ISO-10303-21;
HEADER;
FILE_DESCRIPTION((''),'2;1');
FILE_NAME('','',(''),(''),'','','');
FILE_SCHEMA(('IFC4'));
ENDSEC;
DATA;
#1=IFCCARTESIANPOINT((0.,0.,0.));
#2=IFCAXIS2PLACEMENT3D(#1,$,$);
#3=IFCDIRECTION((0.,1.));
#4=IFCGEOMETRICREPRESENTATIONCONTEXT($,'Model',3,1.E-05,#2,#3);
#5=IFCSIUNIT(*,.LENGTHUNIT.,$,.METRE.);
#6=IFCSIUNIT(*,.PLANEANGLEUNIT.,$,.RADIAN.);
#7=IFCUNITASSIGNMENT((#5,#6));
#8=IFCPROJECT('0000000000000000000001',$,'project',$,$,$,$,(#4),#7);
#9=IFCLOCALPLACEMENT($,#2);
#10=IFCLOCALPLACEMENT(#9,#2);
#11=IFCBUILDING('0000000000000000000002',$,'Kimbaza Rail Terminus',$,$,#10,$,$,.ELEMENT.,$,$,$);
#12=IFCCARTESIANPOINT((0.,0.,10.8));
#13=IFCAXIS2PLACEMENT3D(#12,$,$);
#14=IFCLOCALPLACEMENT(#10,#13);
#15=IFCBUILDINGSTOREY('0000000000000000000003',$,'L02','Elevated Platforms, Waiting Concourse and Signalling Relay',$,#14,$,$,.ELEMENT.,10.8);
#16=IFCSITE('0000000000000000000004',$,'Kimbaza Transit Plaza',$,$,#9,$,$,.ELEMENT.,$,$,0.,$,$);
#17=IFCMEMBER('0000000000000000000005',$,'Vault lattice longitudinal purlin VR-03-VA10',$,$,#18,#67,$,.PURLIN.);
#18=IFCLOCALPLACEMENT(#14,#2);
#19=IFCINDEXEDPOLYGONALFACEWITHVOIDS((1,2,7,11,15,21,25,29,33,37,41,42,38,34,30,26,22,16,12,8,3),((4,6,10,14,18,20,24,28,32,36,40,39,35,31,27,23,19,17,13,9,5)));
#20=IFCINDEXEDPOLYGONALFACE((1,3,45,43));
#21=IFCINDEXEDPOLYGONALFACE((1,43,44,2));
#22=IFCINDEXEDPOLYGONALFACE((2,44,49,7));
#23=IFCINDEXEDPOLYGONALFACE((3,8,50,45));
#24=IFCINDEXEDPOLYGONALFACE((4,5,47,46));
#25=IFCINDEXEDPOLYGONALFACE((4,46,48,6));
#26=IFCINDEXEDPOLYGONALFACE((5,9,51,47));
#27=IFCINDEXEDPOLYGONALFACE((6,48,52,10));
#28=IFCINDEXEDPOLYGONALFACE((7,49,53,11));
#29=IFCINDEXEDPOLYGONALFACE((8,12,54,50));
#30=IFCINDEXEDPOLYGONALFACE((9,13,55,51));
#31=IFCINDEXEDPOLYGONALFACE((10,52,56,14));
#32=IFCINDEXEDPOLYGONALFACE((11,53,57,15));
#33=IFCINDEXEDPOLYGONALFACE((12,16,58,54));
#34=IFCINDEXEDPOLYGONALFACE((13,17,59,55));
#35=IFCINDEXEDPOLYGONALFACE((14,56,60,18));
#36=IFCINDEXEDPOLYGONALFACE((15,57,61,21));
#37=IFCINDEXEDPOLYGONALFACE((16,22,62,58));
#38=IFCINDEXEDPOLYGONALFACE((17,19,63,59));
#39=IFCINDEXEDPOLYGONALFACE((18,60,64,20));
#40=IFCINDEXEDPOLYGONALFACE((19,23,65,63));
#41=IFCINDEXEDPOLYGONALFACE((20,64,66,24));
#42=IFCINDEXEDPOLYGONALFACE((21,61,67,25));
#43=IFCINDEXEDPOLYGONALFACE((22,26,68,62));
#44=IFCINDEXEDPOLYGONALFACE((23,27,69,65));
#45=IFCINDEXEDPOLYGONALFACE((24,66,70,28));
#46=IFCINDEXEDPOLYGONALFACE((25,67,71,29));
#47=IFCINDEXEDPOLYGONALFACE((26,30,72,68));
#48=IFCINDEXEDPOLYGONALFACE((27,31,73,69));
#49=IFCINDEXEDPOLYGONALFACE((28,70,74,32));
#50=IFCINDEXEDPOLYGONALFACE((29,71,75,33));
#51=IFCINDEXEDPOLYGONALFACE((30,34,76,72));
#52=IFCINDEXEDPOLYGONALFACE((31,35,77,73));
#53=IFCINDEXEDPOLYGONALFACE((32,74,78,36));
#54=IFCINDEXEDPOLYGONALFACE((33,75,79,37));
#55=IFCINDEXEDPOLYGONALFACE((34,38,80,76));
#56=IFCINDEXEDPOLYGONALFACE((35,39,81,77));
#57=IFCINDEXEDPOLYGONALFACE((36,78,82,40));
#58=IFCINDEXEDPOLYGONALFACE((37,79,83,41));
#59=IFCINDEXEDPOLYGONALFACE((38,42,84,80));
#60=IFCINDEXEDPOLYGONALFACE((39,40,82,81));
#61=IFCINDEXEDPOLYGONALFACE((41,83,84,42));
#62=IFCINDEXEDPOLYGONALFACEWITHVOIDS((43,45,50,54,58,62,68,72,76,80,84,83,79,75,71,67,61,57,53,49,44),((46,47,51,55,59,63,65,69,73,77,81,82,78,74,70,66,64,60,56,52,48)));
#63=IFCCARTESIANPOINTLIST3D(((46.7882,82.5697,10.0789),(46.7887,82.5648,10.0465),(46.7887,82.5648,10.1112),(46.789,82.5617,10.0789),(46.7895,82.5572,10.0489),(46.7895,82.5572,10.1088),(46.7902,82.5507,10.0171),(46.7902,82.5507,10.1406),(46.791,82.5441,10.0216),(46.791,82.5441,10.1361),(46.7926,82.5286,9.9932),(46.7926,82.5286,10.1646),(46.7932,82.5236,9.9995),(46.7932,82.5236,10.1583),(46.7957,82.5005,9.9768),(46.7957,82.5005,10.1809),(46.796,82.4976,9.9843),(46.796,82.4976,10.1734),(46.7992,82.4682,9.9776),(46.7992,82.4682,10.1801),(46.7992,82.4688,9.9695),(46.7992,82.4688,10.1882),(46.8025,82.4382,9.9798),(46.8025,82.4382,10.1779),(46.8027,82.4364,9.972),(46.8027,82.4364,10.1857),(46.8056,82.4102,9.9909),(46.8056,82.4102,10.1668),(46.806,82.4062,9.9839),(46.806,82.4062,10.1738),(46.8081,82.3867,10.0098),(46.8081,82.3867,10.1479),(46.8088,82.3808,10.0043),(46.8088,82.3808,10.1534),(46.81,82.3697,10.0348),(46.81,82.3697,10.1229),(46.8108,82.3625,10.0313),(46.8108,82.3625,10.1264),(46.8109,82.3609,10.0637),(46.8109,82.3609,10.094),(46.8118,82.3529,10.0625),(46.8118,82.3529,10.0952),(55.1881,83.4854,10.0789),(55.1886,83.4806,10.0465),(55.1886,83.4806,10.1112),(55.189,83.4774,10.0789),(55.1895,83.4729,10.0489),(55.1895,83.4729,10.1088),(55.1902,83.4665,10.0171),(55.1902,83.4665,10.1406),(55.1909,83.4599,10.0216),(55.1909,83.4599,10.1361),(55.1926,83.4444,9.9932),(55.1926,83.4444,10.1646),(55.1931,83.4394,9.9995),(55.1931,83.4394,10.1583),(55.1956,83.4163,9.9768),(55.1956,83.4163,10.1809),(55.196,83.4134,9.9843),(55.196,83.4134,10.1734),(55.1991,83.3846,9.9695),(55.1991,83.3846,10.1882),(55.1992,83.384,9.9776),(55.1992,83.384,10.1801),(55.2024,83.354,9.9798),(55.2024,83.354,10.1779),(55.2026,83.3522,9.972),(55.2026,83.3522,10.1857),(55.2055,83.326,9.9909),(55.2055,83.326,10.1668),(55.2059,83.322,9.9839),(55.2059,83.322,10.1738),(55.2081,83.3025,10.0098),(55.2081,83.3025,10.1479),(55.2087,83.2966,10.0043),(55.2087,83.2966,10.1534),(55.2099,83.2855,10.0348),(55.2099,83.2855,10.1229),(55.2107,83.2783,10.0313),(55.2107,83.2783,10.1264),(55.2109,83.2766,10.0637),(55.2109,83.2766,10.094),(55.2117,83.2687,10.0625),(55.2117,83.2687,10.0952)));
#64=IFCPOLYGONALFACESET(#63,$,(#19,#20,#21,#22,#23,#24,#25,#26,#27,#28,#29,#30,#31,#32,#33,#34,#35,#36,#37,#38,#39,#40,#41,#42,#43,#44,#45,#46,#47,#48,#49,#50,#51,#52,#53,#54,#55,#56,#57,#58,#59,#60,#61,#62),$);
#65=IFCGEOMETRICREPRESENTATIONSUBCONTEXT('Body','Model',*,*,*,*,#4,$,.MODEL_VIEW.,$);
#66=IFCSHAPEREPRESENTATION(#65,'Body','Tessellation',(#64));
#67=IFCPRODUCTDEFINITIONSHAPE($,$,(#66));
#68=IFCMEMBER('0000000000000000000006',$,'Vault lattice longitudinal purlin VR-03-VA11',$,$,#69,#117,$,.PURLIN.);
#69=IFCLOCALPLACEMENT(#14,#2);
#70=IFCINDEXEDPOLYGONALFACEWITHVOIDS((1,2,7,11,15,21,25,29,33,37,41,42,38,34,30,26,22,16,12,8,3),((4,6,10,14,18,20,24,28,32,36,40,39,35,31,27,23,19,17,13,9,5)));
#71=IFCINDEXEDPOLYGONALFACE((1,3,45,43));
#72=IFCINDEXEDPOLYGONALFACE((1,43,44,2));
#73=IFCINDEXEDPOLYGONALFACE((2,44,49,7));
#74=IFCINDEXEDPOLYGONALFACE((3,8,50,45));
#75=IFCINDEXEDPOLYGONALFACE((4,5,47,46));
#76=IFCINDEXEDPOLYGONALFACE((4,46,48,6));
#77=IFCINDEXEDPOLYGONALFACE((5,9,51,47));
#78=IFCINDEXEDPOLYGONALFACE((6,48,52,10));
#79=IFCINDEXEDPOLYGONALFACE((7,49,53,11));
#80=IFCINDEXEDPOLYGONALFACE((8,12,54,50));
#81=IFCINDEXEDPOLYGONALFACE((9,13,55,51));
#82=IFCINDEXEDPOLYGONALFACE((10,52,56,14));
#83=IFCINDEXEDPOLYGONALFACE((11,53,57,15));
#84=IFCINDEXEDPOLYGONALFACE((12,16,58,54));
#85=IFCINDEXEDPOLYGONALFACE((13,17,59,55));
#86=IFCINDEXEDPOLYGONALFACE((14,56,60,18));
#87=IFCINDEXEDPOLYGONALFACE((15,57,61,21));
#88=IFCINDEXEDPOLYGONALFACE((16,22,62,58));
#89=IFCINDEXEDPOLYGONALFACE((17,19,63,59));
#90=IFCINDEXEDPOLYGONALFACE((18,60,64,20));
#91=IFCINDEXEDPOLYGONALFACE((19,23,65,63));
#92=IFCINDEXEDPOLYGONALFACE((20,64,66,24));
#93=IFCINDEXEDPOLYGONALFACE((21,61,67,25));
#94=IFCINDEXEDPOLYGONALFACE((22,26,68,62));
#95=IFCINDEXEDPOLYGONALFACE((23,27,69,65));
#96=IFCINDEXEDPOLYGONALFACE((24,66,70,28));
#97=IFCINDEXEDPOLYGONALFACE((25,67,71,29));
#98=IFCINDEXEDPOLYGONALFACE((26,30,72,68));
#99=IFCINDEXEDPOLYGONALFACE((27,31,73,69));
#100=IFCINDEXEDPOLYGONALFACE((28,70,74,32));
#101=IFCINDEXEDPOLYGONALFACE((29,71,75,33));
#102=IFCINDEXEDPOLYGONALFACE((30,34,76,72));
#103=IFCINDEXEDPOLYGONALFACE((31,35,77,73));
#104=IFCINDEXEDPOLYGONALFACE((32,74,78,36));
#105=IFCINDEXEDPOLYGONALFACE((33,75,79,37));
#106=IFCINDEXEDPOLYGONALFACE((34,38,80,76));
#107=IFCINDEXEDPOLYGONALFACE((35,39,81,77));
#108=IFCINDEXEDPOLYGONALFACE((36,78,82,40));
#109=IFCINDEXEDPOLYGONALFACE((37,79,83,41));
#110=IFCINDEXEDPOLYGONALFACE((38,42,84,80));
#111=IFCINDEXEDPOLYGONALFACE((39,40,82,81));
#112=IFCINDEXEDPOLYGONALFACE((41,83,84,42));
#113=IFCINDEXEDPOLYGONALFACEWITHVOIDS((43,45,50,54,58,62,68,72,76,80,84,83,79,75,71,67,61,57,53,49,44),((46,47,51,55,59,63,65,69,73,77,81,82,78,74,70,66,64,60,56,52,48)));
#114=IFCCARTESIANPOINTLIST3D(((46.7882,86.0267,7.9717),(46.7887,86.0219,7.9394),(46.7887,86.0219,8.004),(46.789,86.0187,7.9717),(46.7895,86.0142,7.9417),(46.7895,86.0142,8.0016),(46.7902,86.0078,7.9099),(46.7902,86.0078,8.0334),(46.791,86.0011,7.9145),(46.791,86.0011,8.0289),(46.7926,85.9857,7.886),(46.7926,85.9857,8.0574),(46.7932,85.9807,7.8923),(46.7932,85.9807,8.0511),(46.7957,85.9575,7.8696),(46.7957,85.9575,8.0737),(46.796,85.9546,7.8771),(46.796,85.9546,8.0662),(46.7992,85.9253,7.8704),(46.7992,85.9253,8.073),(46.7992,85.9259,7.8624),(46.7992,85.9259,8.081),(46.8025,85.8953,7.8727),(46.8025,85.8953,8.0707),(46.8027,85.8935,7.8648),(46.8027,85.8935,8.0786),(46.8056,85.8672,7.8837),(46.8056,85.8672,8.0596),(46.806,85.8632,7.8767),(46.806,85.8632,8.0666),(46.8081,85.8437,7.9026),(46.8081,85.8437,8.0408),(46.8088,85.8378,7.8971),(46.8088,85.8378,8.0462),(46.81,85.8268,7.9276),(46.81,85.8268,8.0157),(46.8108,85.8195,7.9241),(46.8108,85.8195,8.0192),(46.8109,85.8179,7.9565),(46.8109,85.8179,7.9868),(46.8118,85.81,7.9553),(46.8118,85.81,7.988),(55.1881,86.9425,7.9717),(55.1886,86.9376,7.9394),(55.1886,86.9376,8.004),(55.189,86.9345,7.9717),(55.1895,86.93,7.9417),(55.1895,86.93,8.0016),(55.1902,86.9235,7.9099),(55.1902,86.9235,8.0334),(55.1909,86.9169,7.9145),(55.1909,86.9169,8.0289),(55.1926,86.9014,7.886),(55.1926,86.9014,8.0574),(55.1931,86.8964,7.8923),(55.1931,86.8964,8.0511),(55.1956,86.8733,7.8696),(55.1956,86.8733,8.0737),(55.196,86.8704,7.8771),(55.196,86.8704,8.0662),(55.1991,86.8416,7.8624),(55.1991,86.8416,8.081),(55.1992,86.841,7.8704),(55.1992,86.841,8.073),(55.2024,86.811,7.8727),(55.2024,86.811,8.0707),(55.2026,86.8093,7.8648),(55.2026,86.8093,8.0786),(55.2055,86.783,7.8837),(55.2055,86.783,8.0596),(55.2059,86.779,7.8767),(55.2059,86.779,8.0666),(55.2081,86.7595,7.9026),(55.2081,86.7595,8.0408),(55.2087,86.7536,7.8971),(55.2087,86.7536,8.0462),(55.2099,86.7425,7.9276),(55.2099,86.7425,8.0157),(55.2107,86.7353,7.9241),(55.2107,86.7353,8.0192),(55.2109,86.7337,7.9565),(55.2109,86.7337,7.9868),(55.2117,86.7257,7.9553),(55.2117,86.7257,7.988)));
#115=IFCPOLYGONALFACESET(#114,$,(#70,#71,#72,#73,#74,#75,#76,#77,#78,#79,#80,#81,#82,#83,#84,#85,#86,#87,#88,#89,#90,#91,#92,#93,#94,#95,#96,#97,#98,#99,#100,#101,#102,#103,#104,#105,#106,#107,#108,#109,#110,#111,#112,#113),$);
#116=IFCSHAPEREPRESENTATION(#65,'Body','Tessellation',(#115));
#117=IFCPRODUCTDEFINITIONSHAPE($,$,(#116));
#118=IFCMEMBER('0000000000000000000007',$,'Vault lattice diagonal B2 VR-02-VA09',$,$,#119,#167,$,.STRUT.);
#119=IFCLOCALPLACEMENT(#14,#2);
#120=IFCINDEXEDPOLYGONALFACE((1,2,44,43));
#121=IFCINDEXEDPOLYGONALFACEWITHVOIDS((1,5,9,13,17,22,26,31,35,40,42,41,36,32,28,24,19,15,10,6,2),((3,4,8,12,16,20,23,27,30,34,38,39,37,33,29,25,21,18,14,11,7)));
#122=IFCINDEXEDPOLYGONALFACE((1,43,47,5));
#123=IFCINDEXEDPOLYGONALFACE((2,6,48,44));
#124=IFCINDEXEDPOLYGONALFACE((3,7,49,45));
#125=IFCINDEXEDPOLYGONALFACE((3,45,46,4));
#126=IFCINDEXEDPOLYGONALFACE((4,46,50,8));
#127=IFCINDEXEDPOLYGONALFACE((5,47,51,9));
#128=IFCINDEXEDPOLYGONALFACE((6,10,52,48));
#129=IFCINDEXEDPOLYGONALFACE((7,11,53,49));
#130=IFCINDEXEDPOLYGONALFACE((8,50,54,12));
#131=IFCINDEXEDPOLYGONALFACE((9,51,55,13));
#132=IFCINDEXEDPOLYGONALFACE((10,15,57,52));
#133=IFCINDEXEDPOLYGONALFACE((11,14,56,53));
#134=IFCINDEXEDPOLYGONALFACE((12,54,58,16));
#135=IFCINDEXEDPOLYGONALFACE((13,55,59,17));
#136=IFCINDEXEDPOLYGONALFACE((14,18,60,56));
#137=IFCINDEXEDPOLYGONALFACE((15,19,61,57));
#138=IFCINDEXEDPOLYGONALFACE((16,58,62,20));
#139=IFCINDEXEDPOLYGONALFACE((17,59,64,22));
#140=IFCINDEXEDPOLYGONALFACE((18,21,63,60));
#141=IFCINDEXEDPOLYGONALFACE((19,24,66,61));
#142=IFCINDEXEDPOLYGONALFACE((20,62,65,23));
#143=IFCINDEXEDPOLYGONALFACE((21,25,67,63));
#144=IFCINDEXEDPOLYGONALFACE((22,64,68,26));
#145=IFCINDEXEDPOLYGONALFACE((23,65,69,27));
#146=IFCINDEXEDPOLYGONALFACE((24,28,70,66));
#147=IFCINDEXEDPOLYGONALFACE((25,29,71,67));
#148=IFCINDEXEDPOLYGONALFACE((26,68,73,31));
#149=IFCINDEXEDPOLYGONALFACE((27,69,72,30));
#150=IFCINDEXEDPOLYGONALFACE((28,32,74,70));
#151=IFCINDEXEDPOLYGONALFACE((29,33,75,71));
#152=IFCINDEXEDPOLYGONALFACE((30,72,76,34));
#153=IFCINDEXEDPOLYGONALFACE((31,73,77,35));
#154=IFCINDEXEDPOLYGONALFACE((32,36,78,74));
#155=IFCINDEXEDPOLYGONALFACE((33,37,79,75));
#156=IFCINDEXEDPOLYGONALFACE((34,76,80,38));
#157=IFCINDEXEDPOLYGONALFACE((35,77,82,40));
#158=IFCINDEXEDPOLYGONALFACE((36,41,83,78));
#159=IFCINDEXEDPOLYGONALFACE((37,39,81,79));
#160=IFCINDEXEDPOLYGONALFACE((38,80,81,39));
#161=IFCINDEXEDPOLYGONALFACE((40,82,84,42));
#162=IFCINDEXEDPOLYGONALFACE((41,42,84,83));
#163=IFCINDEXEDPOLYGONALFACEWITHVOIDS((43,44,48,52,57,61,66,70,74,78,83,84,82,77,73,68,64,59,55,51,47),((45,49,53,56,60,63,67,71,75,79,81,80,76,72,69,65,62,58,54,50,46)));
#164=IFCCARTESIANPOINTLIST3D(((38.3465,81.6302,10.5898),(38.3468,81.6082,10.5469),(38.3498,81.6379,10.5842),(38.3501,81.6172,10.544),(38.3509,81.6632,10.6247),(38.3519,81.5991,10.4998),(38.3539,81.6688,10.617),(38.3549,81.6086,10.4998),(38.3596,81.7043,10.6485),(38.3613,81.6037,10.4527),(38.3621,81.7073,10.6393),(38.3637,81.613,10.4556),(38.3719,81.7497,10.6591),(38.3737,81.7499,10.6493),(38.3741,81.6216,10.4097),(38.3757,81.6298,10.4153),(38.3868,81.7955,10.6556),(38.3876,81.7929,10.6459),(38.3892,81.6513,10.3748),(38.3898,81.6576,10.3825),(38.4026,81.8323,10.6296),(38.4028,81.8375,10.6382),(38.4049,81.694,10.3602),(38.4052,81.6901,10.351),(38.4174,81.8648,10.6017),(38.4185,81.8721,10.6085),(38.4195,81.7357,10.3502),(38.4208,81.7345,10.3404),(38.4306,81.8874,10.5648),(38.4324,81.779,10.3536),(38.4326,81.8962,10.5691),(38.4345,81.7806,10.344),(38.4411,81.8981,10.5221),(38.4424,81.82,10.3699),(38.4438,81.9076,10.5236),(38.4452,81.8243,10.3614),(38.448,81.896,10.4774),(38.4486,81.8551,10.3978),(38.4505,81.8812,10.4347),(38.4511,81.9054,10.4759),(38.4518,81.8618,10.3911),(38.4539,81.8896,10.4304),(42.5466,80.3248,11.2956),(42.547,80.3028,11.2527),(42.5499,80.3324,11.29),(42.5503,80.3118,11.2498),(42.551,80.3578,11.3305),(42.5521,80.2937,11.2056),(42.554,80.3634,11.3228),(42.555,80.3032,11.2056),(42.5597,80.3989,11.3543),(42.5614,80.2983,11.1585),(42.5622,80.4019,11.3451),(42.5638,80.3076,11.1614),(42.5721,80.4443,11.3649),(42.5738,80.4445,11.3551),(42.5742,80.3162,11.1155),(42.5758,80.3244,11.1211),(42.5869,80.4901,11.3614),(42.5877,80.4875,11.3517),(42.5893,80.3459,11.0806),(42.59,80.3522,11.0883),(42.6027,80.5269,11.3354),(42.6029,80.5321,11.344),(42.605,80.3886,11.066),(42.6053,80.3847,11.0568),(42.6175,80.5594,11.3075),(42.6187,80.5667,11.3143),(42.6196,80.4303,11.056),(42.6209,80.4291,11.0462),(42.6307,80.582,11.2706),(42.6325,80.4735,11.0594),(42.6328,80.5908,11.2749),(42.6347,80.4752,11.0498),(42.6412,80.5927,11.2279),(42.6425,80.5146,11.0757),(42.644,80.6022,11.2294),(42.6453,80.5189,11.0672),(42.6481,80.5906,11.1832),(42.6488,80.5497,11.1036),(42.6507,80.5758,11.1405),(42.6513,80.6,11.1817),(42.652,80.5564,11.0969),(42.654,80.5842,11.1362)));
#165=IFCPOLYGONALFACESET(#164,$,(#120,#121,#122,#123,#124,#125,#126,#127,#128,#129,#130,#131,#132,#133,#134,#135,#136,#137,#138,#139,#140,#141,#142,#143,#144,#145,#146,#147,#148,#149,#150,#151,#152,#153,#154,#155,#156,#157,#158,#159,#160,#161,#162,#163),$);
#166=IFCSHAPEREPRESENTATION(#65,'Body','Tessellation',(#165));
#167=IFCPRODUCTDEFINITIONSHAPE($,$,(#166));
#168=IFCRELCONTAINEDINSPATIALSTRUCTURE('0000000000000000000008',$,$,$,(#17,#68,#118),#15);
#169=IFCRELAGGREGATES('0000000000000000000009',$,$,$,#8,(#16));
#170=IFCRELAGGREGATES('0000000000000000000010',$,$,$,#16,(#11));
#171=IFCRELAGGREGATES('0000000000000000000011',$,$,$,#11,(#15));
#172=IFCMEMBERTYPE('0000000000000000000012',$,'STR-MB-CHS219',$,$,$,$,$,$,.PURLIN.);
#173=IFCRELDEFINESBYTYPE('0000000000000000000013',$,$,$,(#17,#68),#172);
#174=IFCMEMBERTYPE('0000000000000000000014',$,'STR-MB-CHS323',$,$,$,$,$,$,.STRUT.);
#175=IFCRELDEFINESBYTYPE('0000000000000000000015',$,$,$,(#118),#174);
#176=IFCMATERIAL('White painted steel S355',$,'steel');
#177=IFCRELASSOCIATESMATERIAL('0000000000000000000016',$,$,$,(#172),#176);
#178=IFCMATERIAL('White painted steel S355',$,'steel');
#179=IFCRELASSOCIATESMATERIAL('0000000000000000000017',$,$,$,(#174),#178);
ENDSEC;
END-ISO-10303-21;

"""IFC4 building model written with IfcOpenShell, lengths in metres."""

from ifc_helpers import new_model, si_unit, direction, frame, origin, origin_2d, place, context, subcontext, project, spatial, hollow_circle, extrude, material, material_profile, profile_set, type_object, element, save


model = new_model("IFC4")

# Units and contexts
model_context = context("Model", 3, precision=1e-05, world=origin(), true_north=direction((0.0, 1.0)))
body_context = subcontext(model_context, "Body", "Model", "MODEL_VIEW")
ifc_project = project(units=[si_unit("LENGTHUNIT", "METRE"), si_unit("PLANEANGLEUNIT", "RADIAN")], contexts=[model_context])

# Site, building, storey
site_placement = place(None, origin())
site = spatial("IfcSite", under=ifc_project, at=site_placement, Name="Kimbaza Transit Plaza", CompositionType="ELEMENT", RefElevation=0.0)
building_placement = place(site_placement, origin())
building = spatial("IfcBuilding", under=site, at=building_placement, Name="Kimbaza Rail Terminus", CompositionType="ELEMENT")
storey_placement = place(building_placement, frame((0.0, 0.0, 10.8)))
storey = spatial("IfcBuildingStorey", under=building, at=storey_placement, Name="L02", Description="Elevated Platforms, Waiting Concourse and Signalling Relay", CompositionType="ELEMENT", Elevation=10.8)

# Members
ifc_material_1 = material(Name="White painted steel S355", Category="steel")
ifc_material_profile_1 = material_profile(ifc_material_1, hollow_circle(Radius=0.1096, WallThickness=0.0081, at=origin_2d()), Name="CHS 219.1x8")
ifc_profile_set_1 = profile_set([ifc_material_profile_1], Name="White painted steel S355")
member_type_1 = type_object("IfcMemberType", Name="STR-MB-CHS219", PredefinedType="PURLIN", material=ifc_profile_set_1)
for number, where, z_axis, x_axis, name in (
    (1, (46.8, 82.4607, 10.0789), (0.99411, 0.10838, 0.0), (-0.10838, 0.99411, 0.0), "Vault lattice longitudinal purlin VR-03-VA10"),
    (2, (46.8, 85.9177, 7.9717), (0.99411, 0.10838, 0.0), (-0.10838, 0.99411, 0.0), "Vault lattice longitudinal purlin VR-03-VA11"),
):
    element("IfcMember", number, at=place(storey_placement, frame(where, z_axis=z_axis, x_axis=x_axis)), inside=storey, type_object=member_type_1, Name=name, PredefinedType="PURLIN", context=body_context, shape_type="SweptSolid", body=[
        extrude(hollow_circle(Radius=0.1096, WallThickness=0.0081, at=origin_2d()), origin(), (0.0, 0.0, 1.0), 8.4497),
    ])
ifc_material_2 = material(Name="White painted steel S355", Category="steel")
ifc_material_profile_2 = material_profile(ifc_material_2, hollow_circle(Radius=0.1619, WallThickness=0.01, at=origin_2d()), Name="CHS 323.9x10")
ifc_profile_set_2 = profile_set([ifc_material_profile_2], Name="White painted steel S355")
member_type_2 = type_object("IfcMemberType", Name="STR-MB-CHS323", PredefinedType="STRUT", material=ifc_profile_set_2)
member_1_placement = place(storey_placement, frame((42.6001, 80.4482, 11.2056), z_axis=(-0.942878, 0.293046, -0.158443), x_axis=(-0.296796, -0.954941, 0.0)))
element("IfcMember", 3, at=member_1_placement, inside=storey, type_object=member_type_2, Name="Vault lattice diagonal B2 VR-02-VA09", PredefinedType="STRUT", context=body_context, shape_type="SweptSolid", body=[
    extrude(hollow_circle(Radius=0.1619, WallThickness=0.01, at=origin_2d()), origin(), (0.0, 0.0, 1.0), 4.4546),
])

save(model, "model.ifc")
